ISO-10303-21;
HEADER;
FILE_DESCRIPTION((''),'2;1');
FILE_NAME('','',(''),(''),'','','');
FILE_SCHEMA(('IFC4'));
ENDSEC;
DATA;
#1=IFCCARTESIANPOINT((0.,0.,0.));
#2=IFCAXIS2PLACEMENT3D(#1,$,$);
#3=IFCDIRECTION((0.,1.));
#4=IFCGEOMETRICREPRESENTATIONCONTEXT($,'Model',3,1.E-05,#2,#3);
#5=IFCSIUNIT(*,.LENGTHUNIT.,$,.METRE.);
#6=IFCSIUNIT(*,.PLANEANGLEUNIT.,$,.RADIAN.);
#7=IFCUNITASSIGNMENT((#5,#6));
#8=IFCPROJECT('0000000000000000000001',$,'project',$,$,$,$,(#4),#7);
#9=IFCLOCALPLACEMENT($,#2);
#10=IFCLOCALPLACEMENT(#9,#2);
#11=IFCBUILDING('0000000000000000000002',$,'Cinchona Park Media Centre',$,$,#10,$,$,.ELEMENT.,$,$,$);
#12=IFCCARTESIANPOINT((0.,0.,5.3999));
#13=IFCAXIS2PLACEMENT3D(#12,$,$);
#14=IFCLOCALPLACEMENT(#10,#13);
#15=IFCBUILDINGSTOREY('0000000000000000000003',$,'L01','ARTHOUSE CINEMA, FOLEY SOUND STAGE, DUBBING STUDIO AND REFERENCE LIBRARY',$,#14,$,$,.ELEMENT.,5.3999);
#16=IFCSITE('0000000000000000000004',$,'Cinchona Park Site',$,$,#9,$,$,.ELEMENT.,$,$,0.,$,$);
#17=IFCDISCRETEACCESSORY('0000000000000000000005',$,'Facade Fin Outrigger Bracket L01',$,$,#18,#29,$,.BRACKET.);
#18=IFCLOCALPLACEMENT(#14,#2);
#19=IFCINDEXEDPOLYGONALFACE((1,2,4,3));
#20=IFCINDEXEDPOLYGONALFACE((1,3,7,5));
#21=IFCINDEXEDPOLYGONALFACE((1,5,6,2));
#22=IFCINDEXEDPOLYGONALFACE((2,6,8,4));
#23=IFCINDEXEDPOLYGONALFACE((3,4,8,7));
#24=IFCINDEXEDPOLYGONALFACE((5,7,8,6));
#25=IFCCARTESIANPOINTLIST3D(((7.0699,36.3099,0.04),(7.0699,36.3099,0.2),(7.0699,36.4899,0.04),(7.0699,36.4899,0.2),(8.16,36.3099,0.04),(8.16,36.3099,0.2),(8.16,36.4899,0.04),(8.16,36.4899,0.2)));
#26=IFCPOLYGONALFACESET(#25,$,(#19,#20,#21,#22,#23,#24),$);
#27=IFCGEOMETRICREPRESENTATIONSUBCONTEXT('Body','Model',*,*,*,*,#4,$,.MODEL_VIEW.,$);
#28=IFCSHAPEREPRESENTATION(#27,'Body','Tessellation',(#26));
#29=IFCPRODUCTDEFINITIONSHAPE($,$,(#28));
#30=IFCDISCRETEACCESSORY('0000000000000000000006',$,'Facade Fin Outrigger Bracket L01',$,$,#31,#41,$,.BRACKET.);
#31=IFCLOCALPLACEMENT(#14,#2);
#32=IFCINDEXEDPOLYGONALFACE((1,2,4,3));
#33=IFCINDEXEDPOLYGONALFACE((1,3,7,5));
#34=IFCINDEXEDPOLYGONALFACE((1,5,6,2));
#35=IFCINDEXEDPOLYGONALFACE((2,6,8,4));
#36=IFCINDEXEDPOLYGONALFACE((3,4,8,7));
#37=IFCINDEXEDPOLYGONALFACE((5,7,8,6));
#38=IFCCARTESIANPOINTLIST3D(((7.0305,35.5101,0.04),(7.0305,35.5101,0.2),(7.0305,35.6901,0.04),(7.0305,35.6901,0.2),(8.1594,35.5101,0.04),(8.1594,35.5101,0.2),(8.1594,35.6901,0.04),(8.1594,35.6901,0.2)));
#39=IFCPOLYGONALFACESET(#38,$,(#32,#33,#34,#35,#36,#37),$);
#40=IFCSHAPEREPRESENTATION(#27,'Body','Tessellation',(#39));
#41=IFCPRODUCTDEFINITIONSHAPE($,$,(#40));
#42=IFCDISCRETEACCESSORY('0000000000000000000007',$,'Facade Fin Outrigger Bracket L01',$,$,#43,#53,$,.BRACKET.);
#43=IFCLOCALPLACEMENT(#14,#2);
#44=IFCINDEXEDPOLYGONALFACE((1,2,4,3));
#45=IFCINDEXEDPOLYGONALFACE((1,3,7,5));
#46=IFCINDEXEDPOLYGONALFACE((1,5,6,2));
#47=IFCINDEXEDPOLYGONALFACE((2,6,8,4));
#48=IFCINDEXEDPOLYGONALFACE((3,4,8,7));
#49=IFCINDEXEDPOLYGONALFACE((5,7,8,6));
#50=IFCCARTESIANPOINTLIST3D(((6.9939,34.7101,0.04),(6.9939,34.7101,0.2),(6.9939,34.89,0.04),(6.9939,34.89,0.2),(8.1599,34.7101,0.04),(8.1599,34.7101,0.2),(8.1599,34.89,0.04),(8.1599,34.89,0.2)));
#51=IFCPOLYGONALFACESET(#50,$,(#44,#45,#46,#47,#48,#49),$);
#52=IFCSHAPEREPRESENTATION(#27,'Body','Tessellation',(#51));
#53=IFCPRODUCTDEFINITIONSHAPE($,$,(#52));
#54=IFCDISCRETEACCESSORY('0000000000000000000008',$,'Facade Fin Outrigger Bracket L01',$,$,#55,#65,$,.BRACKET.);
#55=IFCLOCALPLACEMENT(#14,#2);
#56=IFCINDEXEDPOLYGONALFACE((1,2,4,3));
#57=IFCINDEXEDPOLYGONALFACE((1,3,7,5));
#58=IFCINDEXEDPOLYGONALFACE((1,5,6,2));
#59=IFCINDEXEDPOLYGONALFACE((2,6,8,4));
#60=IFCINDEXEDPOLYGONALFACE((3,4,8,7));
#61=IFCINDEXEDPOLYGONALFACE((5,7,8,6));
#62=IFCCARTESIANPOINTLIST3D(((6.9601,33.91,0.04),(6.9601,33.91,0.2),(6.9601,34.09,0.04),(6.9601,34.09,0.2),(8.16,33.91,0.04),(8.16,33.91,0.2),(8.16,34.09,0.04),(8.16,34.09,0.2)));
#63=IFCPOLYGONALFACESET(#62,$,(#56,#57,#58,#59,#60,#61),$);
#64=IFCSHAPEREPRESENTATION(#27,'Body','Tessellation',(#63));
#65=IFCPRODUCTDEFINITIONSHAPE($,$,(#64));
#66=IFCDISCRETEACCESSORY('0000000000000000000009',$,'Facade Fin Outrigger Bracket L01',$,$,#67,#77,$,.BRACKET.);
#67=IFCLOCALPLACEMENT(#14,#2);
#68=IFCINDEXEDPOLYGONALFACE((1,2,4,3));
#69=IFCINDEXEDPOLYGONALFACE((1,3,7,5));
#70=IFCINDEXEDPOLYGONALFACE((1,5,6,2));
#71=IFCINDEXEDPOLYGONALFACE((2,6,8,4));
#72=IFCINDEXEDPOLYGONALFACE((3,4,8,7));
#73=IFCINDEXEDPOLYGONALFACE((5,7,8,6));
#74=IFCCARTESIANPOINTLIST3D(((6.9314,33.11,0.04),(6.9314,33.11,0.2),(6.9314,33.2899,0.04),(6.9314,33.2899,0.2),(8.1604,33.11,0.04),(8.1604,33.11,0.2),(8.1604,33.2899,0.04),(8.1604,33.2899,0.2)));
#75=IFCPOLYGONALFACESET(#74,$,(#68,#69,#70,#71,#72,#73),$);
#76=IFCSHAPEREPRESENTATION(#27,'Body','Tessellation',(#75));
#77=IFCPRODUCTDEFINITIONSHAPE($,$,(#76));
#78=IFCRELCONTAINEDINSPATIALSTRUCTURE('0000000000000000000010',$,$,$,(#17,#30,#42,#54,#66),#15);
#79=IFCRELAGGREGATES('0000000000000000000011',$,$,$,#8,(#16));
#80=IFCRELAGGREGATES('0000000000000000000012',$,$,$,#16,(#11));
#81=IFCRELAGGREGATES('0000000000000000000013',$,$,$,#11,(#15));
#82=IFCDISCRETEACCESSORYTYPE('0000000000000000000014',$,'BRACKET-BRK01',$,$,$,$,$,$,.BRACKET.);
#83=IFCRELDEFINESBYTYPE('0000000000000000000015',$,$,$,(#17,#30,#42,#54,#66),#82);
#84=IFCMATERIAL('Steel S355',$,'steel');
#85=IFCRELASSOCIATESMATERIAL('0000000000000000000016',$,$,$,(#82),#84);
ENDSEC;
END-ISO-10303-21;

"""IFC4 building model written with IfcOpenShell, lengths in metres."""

from ifc_helpers import new_model, si_unit, direction, frame, origin, origin_2d, place, context, subcontext, project, spatial, rectangle, extrude, material, type_object, element, save


model = new_model("IFC4")

# Units and contexts
model_context = context("Model", 3, precision=1e-05, world=origin(), true_north=direction((0.0, 1.0)))
body_context = subcontext(model_context, "Body", "Model", "MODEL_VIEW")
ifc_project = project(units=[si_unit("LENGTHUNIT", "METRE"), si_unit("PLANEANGLEUNIT", "RADIAN")], contexts=[model_context])

# Site, building, storey
site_placement = place(None, origin())
site = spatial("IfcSite", under=ifc_project, at=site_placement, Name="Cinchona Park Site", CompositionType="ELEMENT", RefElevation=0.0)
building_placement = place(site_placement, origin())
building = spatial("IfcBuilding", under=site, at=building_placement, Name="Cinchona Park Media Centre", CompositionType="ELEMENT")
storey_placement = place(building_placement, frame((0.0, 0.0, 5.3999)))
storey = spatial("IfcBuildingStorey", under=building, at=storey_placement, Name="L01", Description="ARTHOUSE CINEMA, FOLEY SOUND STAGE, DUBBING STUDIO AND REFERENCE LIBRARY", CompositionType="ELEMENT", Elevation=5.3999)

# Discrete accessories
ifc_material_1 = material(Name="Steel S355", Category="steel")
discrete_accessory_type = type_object("IfcDiscreteAccessoryType", Name="BRACKET-BRK01", PredefinedType="BRACKET", material=ifc_material_1)
discrete_accessory_1_placement = place(storey_placement, frame((7.615, 36.3999, 0.04), z_axis=(0.0, 0.0, 1.0), x_axis=(0.0, -1.0, 0.0)))
element("IfcDiscreteAccessory", 1, at=discrete_accessory_1_placement, inside=storey, type_object=discrete_accessory_type, Name="Facade Fin Outrigger Bracket L01", PredefinedType="BRACKET", context=body_context, shape_type="SweptSolid", body=[
    extrude(rectangle(XDim=0.1799, YDim=1.0901, at=origin_2d()), origin(), (0.0, 0.0, 1.0), 0.1599),
])
discrete_accessory_2_placement = place(storey_placement, frame((7.595, 35.6001, 0.04), z_axis=(0.0, 0.0, 1.0), x_axis=(0.0, -1.0, 0.0)))
element("IfcDiscreteAccessory", 2, at=discrete_accessory_2_placement, inside=storey, type_object=discrete_accessory_type, Name="Facade Fin Outrigger Bracket L01", PredefinedType="BRACKET", context=body_context, shape_type="SweptSolid", body=[
    extrude(rectangle(XDim=0.1799, YDim=1.1289, at=origin_2d()), origin(), (0.0, 0.0, 1.0), 0.1599),
])
discrete_accessory_3_placement = place(storey_placement, frame((7.5769, 34.8, 0.04), z_axis=(0.0, 0.0, 1.0), x_axis=(0.0, -1.0, 0.0)))
element("IfcDiscreteAccessory", 3, at=discrete_accessory_3_placement, inside=storey, type_object=discrete_accessory_type, Name="Facade Fin Outrigger Bracket L01", PredefinedType="BRACKET", context=body_context, shape_type="SweptSolid", body=[
    extrude(rectangle(XDim=0.1799, YDim=1.166, at=origin_2d()), origin(), (0.0, 0.0, 1.0), 0.1599),
])
discrete_accessory_4_placement = place(storey_placement, frame((7.5601, 34.0, 0.04), z_axis=(0.0, 0.0, 1.0), x_axis=(0.0, -1.0, 0.0)))
element("IfcDiscreteAccessory", 4, at=discrete_accessory_4_placement, inside=storey, type_object=discrete_accessory_type, Name="Facade Fin Outrigger Bracket L01", PredefinedType="BRACKET", context=body_context, shape_type="SweptSolid", body=[
    extrude(rectangle(XDim=0.1799, YDim=1.2, at=origin_2d()), origin(), (0.0, 0.0, 1.0), 0.1599),
])
discrete_accessory_5_placement = place(storey_placement, frame((7.5459, 33.2, 0.04), z_axis=(0.0, 0.0, 1.0), x_axis=(0.0, -1.0, 0.0)))
element("IfcDiscreteAccessory", 5, at=discrete_accessory_5_placement, inside=storey, type_object=discrete_accessory_type, Name="Facade Fin Outrigger Bracket L01", PredefinedType="BRACKET", context=body_context, shape_type="SweptSolid", body=[
    extrude(rectangle(XDim=0.1799, YDim=1.229, at=origin_2d()), origin(), (0.0, 0.0, 1.0), 0.1599),
])

save(model, "model.ifc")
